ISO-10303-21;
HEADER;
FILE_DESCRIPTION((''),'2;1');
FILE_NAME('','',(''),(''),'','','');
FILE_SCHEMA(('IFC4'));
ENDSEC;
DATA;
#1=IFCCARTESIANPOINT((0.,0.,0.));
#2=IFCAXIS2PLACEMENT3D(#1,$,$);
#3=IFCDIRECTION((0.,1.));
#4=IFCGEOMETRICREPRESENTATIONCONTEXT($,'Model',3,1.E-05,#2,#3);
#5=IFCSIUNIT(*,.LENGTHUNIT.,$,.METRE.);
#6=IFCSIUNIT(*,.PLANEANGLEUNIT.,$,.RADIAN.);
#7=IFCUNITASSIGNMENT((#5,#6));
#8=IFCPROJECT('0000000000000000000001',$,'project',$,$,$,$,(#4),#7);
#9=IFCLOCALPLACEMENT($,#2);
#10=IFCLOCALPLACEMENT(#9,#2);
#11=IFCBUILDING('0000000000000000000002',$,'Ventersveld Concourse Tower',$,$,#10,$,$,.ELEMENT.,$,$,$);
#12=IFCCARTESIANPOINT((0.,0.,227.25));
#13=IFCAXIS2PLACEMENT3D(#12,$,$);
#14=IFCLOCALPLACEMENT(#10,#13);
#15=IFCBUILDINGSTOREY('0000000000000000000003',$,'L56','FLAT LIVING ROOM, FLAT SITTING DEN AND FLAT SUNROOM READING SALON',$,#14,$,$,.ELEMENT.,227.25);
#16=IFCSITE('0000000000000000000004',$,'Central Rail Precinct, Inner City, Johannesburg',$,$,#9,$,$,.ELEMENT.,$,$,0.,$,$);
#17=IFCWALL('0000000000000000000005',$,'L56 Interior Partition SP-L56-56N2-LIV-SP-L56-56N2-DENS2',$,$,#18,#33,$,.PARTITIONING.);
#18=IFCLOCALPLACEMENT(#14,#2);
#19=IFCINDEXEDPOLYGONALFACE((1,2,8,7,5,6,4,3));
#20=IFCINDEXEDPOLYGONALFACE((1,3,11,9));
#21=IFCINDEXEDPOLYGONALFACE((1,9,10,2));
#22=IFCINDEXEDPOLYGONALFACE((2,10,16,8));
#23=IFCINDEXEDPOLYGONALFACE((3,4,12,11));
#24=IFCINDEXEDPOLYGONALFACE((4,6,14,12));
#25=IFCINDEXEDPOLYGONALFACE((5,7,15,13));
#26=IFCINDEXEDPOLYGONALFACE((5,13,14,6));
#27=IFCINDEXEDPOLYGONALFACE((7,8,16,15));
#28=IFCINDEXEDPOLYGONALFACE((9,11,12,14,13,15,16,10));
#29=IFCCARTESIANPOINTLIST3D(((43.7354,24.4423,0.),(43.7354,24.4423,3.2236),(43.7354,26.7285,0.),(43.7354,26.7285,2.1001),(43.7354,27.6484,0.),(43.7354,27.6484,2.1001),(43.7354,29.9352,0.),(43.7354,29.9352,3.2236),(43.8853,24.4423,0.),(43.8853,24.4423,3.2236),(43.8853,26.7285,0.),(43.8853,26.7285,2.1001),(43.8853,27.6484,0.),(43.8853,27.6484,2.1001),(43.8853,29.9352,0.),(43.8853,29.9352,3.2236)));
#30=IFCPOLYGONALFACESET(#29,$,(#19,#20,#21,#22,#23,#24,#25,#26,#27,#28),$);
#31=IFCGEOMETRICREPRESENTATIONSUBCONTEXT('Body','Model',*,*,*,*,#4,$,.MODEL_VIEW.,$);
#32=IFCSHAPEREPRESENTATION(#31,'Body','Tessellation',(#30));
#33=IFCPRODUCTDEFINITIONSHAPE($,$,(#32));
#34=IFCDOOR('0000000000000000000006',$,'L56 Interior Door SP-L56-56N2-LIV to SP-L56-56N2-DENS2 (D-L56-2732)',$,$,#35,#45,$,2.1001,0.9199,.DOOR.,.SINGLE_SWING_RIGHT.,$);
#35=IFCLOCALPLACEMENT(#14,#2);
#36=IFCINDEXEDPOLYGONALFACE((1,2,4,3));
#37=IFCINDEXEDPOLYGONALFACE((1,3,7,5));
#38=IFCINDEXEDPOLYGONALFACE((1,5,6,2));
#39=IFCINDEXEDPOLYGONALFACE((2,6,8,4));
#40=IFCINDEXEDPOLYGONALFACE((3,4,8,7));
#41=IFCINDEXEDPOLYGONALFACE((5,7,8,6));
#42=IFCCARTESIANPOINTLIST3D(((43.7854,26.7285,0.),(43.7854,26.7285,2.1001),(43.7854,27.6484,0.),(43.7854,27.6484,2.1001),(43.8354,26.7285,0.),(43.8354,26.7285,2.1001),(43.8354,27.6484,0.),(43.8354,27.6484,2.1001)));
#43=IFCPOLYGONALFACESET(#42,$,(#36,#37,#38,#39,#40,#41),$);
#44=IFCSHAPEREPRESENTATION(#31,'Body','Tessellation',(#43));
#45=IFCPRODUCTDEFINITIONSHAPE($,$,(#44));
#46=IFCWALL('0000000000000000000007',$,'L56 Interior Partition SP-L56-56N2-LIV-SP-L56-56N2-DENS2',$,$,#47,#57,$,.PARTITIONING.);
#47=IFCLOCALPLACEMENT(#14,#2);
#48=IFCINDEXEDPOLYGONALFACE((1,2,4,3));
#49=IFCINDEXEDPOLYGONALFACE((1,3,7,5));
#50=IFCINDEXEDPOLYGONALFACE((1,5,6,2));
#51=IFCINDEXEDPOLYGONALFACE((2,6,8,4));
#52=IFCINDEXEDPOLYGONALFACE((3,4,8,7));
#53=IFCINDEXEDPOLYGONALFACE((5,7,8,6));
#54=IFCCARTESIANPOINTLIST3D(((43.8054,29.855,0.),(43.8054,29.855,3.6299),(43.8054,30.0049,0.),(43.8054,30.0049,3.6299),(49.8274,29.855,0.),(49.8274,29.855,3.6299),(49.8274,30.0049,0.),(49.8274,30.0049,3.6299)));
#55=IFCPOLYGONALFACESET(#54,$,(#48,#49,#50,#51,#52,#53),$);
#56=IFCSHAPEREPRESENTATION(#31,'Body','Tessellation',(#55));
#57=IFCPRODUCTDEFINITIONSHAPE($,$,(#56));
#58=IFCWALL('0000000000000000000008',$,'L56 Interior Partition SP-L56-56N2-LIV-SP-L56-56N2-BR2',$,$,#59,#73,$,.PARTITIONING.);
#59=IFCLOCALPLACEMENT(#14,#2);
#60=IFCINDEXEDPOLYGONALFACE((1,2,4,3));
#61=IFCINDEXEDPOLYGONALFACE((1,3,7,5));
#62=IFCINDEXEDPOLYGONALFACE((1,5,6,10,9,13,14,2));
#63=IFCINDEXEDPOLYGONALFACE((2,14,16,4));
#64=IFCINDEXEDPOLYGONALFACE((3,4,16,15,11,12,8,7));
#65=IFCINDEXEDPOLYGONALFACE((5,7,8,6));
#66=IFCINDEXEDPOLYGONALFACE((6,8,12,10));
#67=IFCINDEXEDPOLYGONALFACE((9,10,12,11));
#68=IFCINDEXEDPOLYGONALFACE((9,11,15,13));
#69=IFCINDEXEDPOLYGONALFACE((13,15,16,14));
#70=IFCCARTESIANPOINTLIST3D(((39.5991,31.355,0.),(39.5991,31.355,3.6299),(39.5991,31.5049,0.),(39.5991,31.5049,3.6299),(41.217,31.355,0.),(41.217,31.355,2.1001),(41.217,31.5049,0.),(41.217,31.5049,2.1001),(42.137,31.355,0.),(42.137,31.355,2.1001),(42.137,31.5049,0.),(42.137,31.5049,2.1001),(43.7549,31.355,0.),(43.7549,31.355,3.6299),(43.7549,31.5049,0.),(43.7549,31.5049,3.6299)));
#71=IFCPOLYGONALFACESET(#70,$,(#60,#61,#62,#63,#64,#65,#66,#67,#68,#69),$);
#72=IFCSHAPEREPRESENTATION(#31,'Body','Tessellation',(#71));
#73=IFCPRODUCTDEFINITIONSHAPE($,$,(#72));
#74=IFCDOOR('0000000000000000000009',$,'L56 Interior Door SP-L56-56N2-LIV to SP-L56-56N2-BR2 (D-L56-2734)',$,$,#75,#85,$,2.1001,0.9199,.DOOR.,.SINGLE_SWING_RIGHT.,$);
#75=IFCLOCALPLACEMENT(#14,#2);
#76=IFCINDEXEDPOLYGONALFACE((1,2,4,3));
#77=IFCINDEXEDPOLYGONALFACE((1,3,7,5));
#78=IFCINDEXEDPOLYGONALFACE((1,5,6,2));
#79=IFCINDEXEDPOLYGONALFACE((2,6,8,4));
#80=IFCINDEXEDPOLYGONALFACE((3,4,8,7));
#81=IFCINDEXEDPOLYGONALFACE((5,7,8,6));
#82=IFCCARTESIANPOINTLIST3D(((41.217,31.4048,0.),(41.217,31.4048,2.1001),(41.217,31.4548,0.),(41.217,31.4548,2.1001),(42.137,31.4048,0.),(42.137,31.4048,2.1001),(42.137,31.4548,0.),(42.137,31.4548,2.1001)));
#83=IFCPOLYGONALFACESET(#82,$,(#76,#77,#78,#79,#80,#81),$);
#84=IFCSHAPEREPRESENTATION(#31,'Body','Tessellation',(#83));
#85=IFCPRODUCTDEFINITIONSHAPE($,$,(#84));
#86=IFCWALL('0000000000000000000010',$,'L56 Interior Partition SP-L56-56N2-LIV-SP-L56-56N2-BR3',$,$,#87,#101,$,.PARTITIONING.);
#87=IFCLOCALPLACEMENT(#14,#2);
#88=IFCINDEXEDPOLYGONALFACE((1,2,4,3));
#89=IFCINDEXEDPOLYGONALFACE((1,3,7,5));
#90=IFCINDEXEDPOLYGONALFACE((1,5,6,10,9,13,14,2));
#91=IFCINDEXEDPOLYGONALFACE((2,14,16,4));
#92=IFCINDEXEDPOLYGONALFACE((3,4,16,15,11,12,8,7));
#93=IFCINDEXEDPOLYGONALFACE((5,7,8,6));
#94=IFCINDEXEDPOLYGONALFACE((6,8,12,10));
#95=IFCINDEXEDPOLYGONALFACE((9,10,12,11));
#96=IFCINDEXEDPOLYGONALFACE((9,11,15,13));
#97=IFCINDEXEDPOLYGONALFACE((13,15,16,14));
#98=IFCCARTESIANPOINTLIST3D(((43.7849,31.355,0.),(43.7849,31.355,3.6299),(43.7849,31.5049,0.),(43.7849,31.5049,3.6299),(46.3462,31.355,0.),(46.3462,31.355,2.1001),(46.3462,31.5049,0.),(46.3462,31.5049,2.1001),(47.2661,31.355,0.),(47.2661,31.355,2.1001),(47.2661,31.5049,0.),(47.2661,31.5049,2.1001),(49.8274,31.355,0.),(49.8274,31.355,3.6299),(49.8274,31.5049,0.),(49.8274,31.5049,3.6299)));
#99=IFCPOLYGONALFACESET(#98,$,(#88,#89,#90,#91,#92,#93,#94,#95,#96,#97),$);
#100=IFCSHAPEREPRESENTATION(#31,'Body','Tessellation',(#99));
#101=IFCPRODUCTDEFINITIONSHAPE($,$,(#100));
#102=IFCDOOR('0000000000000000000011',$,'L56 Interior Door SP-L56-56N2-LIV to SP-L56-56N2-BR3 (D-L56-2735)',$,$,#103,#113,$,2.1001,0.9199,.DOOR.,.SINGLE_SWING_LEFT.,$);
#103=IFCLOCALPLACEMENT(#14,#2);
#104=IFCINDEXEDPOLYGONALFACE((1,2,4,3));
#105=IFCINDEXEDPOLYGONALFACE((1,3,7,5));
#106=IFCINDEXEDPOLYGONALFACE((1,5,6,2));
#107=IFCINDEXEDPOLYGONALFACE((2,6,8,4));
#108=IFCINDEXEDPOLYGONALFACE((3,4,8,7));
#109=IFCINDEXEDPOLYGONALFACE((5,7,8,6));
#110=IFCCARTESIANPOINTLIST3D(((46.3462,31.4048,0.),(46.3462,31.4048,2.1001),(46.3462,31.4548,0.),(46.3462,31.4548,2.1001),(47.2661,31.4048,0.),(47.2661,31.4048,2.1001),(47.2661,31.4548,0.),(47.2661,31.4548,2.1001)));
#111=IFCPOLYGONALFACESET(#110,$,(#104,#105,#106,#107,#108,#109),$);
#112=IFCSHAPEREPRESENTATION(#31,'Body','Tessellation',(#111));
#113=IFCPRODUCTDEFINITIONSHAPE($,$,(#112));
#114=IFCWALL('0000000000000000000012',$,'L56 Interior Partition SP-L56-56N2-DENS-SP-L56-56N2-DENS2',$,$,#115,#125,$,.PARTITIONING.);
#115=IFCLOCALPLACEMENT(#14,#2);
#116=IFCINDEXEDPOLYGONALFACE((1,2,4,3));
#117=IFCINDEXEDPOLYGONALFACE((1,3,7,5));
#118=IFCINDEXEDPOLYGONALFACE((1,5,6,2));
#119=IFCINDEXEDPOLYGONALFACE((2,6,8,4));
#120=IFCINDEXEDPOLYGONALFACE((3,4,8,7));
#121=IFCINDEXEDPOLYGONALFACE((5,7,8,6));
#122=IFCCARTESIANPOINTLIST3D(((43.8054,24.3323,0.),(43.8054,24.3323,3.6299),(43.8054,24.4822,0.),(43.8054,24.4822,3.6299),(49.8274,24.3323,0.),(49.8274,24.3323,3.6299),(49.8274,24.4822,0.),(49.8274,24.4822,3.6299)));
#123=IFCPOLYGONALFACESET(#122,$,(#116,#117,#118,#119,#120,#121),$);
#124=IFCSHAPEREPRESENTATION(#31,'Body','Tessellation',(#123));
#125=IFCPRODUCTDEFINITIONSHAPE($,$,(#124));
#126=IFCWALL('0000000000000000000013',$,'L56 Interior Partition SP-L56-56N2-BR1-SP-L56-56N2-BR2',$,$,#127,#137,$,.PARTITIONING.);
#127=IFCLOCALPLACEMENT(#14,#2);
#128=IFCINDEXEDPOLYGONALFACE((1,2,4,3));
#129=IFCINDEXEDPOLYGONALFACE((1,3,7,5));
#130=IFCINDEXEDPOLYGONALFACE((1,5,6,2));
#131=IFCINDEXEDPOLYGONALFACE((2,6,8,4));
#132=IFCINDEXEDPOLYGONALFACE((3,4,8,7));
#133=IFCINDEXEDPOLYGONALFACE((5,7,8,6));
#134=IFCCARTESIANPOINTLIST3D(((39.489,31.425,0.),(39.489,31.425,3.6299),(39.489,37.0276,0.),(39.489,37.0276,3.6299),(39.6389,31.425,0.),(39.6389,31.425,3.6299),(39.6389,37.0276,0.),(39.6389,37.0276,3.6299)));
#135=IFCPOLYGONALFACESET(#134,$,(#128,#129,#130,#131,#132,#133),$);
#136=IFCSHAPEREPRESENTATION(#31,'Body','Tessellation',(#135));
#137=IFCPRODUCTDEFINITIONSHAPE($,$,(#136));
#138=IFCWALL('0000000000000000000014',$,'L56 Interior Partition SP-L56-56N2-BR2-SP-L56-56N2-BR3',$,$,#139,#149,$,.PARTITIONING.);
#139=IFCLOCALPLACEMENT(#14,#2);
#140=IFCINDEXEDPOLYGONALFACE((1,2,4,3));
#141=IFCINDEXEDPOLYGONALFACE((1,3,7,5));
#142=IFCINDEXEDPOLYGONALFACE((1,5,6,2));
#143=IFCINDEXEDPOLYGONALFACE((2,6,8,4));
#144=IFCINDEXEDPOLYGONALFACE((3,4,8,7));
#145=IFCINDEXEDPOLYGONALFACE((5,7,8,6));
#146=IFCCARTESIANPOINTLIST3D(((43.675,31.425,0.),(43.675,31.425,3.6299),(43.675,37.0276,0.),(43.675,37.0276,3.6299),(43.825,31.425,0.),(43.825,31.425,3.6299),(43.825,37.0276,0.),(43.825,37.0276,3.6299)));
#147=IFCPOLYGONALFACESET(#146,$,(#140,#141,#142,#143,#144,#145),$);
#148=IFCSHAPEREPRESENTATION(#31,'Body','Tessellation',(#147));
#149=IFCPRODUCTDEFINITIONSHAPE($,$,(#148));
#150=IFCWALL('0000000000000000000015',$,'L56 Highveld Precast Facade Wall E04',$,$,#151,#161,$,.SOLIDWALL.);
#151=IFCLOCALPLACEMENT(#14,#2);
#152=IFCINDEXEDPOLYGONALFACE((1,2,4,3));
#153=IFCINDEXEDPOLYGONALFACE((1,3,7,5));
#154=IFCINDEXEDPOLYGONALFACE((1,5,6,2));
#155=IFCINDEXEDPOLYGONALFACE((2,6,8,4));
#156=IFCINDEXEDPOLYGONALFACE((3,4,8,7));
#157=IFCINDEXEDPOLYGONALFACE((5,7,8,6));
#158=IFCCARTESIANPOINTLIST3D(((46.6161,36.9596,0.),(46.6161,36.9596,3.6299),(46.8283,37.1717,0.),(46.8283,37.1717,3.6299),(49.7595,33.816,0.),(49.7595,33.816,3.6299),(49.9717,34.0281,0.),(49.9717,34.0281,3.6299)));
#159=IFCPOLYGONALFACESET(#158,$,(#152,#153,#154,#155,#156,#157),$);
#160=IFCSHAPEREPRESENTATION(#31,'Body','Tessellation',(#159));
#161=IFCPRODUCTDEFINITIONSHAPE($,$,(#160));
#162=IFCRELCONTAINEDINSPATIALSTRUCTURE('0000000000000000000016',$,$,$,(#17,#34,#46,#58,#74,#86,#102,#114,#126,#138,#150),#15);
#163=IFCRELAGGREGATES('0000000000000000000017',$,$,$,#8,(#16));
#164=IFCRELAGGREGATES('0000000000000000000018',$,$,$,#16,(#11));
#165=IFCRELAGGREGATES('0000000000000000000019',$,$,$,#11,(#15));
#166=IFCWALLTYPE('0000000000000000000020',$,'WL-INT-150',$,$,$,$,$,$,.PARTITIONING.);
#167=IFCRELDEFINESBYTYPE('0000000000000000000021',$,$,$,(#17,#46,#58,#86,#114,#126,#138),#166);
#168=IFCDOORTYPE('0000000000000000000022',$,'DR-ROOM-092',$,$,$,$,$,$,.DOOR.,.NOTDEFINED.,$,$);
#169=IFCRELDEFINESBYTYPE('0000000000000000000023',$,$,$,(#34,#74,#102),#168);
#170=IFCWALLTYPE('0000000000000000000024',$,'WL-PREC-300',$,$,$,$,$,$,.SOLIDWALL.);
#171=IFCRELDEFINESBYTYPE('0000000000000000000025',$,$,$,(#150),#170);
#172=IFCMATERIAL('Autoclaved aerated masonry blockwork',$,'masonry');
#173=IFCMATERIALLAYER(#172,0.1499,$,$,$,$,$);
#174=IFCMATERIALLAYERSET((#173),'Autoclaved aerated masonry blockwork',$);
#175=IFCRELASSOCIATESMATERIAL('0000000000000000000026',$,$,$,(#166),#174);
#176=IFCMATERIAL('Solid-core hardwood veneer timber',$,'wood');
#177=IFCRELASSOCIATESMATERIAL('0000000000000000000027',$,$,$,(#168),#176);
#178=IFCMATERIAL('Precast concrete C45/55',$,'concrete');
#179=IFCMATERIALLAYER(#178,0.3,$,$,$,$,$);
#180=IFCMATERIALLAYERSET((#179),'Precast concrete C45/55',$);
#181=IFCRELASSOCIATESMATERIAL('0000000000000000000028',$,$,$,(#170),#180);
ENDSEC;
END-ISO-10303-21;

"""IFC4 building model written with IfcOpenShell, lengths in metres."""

from ifc_helpers import new_model, si_unit, direction, frame, frame_2d, origin, place, context, subcontext, project, spatial, rectangle, extrude, material, layer, layer_set, type_object, element, fill, save


model = new_model("IFC4")

# Units and contexts
model_context = context("Model", 3, precision=1e-05, world=origin(), true_north=direction((0.0, 1.0)))
body_context = subcontext(model_context, "Body", "Model", "MODEL_VIEW")
ifc_project = project(units=[si_unit("LENGTHUNIT", "METRE"), si_unit("PLANEANGLEUNIT", "RADIAN")], contexts=[model_context])

# Site, building, storey
site_placement = place(None, origin())
site = spatial("IfcSite", under=ifc_project, at=site_placement, Name="Central Rail Precinct, Inner City, Johannesburg", CompositionType="ELEMENT", RefElevation=0.0)
building_placement = place(site_placement, origin())
building = spatial("IfcBuilding", under=site, at=building_placement, Name="Ventersveld Concourse Tower", CompositionType="ELEMENT")
storey_placement = place(building_placement, frame((0.0, 0.0, 227.25)))
storey = spatial("IfcBuildingStorey", under=building, at=storey_placement, Name="L56", Description="FLAT LIVING ROOM, FLAT SITTING DEN AND FLAT SUNROOM READING SALON", CompositionType="ELEMENT", Elevation=227.25)

# Wall, opening, door
ifc_material_1 = material(Name="Autoclaved aerated masonry blockwork", Category="masonry")
ifc_layer_1 = layer(ifc_material_1, 0.1499)
ifc_layer_set_1 = layer_set([ifc_layer_1], Name="Autoclaved aerated masonry blockwork")
wall_type_1 = type_object("IfcWallType", Name="WL-INT-150", PredefinedType="PARTITIONING", material=ifc_layer_set_1)
wall_1_placement = place(storey_placement, frame((43.8103, 24.4421, 0.0), z_axis=(0.0, 0.0, 1.0), x_axis=(0.0, 1.0, 0.0)))
wall_1 = element("IfcWall", 1, at=wall_1_placement, inside=storey, type_object=wall_type_1, Name="L56 Interior Partition SP-L56-56N2-LIV-SP-L56-56N2-DENS2", PredefinedType="PARTITIONING", context=body_context, shape_type="SweptSolid", body=[
    extrude(rectangle(XDim=5.4929, YDim=0.1499, at=frame_2d((2.7466, 0.0))), origin(), (0.0, 0.0, 1.0), 3.2236),
])
opening_1_placement = place(wall_1_placement, frame((2.2864, 0.0, 0.0)))
opening_1 = element("IfcOpeningElement", 2, at=opening_1_placement, cuts=wall_1, PredefinedType="OPENING", context=body_context, shape_type="SweptSolid", body=[
    extrude(rectangle(XDim=0.9199, YDim=2.1001, at=frame_2d((0.46, 1.05))), frame((0.0, 0.085, 0.0), z_axis=(0.0, -1.0, 0.0), x_axis=(1.0, 0.0, 0.0)), (0.0, 0.0, 1.0), 0.1699),
])
ifc_material_2 = material(Name="Solid-core hardwood veneer timber", Category="wood")
door_type = type_object("IfcDoorType", Name="DR-ROOM-092", OperationType="NOTDEFINED", PredefinedType="DOOR", material=ifc_material_2)
door_1_placement = place(opening_1_placement, origin())
door_1 = element("IfcDoor", 3, at=door_1_placement, inside=storey, type_object=door_type, Name="L56 Interior Door SP-L56-56N2-LIV to SP-L56-56N2-DENS2 (D-L56-2732)", OperationType="SINGLE_SWING_RIGHT", OverallHeight=2.1001, OverallWidth=0.9199, PredefinedType="DOOR", context=body_context, shape_type="SweptSolid", body=[
    extrude(rectangle(XDim=0.9199, YDim=2.1001, at=frame_2d((0.46, 1.05))), frame((0.0, 0.0249, 0.0), z_axis=(0.0, -1.0, 0.0), x_axis=(1.0, 0.0, 0.0)), (0.0, 0.0, 1.0), 0.05),
])
fill(opening_1, door_1)

# Wall
wall_2_placement = place(storey_placement, frame((43.8054, 29.9299, 0.0), z_axis=(0.0, 0.0, 1.0), x_axis=(1.0, 0.0, 0.0)))
element("IfcWall", 4, at=wall_2_placement, inside=storey, type_object=wall_type_1, Name="L56 Interior Partition SP-L56-56N2-LIV-SP-L56-56N2-DENS2", PredefinedType="PARTITIONING", context=body_context, shape_type="SweptSolid", body=[
    extrude(rectangle(XDim=6.022, YDim=0.1499, at=frame_2d((3.011, 0.0))), origin(), (0.0, 0.0, 1.0), 3.6299),
])

# Walls, openings, doors
wall_3_placement = place(storey_placement, frame((39.5991, 31.4299, 0.0), z_axis=(0.0, 0.0, 1.0), x_axis=(1.0, 0.0, 0.0)))
wall_3 = element("IfcWall", 5, at=wall_3_placement, inside=storey, type_object=wall_type_1, Name="L56 Interior Partition SP-L56-56N2-LIV-SP-L56-56N2-BR2", PredefinedType="PARTITIONING", context=body_context, shape_type="SweptSolid", body=[
    extrude(rectangle(XDim=4.1558, YDim=0.1499, at=frame_2d((2.0779, 0.0))), origin(), (0.0, 0.0, 1.0), 3.6299),
])
opening_2_placement = place(wall_3_placement, frame((1.6179, 0.0, 0.0)))
opening_2 = element("IfcOpeningElement", 6, at=opening_2_placement, cuts=wall_3, PredefinedType="OPENING", context=body_context, shape_type="SweptSolid", body=[
    extrude(rectangle(XDim=0.9199, YDim=2.1001, at=frame_2d((0.46, 1.05))), frame((0.0, 0.085, 0.0), z_axis=(0.0, -1.0, 0.0), x_axis=(1.0, 0.0, 0.0)), (0.0, 0.0, 1.0), 0.1699),
])
door_2_placement = place(opening_2_placement, origin())
door_2 = element("IfcDoor", 7, at=door_2_placement, inside=storey, type_object=door_type, Name="L56 Interior Door SP-L56-56N2-LIV to SP-L56-56N2-BR2 (D-L56-2734)", OperationType="SINGLE_SWING_RIGHT", OverallHeight=2.1001, OverallWidth=0.9199, PredefinedType="DOOR", context=body_context, shape_type="SweptSolid", body=[
    extrude(rectangle(XDim=0.9199, YDim=2.1001, at=frame_2d((0.46, 1.05))), frame((0.0, 0.0249, 0.0), z_axis=(0.0, -1.0, 0.0), x_axis=(1.0, 0.0, 0.0)), (0.0, 0.0, 1.0), 0.05),
])
fill(opening_2, door_2)
wall_4_placement = place(storey_placement, frame((43.7849, 31.4299, 0.0), z_axis=(0.0, 0.0, 1.0), x_axis=(1.0, 0.0, 0.0)))
wall_4 = element("IfcWall", 8, at=wall_4_placement, inside=storey, type_object=wall_type_1, Name="L56 Interior Partition SP-L56-56N2-LIV-SP-L56-56N2-BR3", PredefinedType="PARTITIONING", context=body_context, shape_type="SweptSolid", body=[
    extrude(rectangle(XDim=6.0425, YDim=0.1499, at=frame_2d((3.0212, 0.0))), origin(), (0.0, 0.0, 1.0), 3.6299),
])
opening_3_placement = place(wall_4_placement, frame((2.5613, 0.0, 0.0)))
opening_3 = element("IfcOpeningElement", 9, at=opening_3_placement, cuts=wall_4, PredefinedType="OPENING", context=body_context, shape_type="SweptSolid", body=[
    extrude(rectangle(XDim=0.9199, YDim=2.1001, at=frame_2d((0.46, 1.05))), frame((0.0, 0.085, 0.0), z_axis=(0.0, -1.0, 0.0), x_axis=(1.0, 0.0, 0.0)), (0.0, 0.0, 1.0), 0.1699),
])
door_3_placement = place(opening_3_placement, origin())
door_3 = element("IfcDoor", 10, at=door_3_placement, inside=storey, type_object=door_type, Name="L56 Interior Door SP-L56-56N2-LIV to SP-L56-56N2-BR3 (D-L56-2735)", OperationType="SINGLE_SWING_LEFT", OverallHeight=2.1001, OverallWidth=0.9199, PredefinedType="DOOR", context=body_context, shape_type="SweptSolid", body=[
    extrude(rectangle(XDim=0.9199, YDim=2.1001, at=frame_2d((0.46, 1.05))), frame((0.0, 0.0249, 0.0), z_axis=(0.0, -1.0, 0.0), x_axis=(1.0, 0.0, 0.0)), (0.0, 0.0, 1.0), 0.05),
])
fill(opening_3, door_3)

# Walls
wall_5_placement = place(storey_placement, frame((43.8054, 24.4072, 0.0), z_axis=(0.0, 0.0, 1.0), x_axis=(1.0, 0.0, 0.0)))
element("IfcWall", 11, at=wall_5_placement, inside=storey, type_object=wall_type_1, Name="L56 Interior Partition SP-L56-56N2-DENS-SP-L56-56N2-DENS2", PredefinedType="PARTITIONING", context=body_context, shape_type="SweptSolid", body=[
    extrude(rectangle(XDim=6.022, YDim=0.1499, at=frame_2d((3.011, 0.0))), origin(), (0.0, 0.0, 1.0), 3.6299),
])
for number, where, z_axis, x_axis, name in (
    (12, (39.564, 31.425, 0.0), (0.0, 0.0, 1.0), (0.0, 1.0, 0.0), "L56 Interior Partition SP-L56-56N2-BR1-SP-L56-56N2-BR2"),
    (13, (43.75, 31.425, 0.0), (0.0, 0.0, 1.0), (0.0, 1.0, 0.0), "L56 Interior Partition SP-L56-56N2-BR2-SP-L56-56N2-BR3"),
):
    element("IfcWall", number, at=place(storey_placement, frame(where, z_axis=z_axis, x_axis=x_axis)), inside=storey, type_object=wall_type_1, Name=name, PredefinedType="PARTITIONING", context=body_context, shape_type="SweptSolid", body=[
        extrude(rectangle(XDim=5.6025, YDim=0.1499, at=frame_2d((2.8013, 0.0))), origin(), (0.0, 0.0, 1.0), 3.6299),
    ])
ifc_material_3 = material(Name="Precast concrete C45/55", Category="concrete")
ifc_layer_2 = layer(ifc_material_3, 0.3)
ifc_layer_set_2 = layer_set([ifc_layer_2], Name="Precast concrete C45/55")
wall_type_2 = type_object("IfcWallType", Name="WL-PREC-300", PredefinedType="SOLIDWALL", material=ifc_layer_set_2)
wall_6_placement = place(storey_placement, frame((49.8655, 33.9221, 0.0), z_axis=(0.0, 0.0, 1.0), x_axis=(-0.707079, 0.707134, 0.0)))
element("IfcWall", 14, at=wall_6_placement, inside=storey, type_object=wall_type_2, Name="L56 Highveld Precast Facade Wall E04", PredefinedType="SOLIDWALL", context=body_context, shape_type="SweptSolid", body=[
    extrude(rectangle(XDim=4.4456, YDim=0.3, at=frame_2d((2.2227, 0.0))), origin(), (0.0, 0.0, 1.0), 3.6299),
])

save(model, "model.ifc")
